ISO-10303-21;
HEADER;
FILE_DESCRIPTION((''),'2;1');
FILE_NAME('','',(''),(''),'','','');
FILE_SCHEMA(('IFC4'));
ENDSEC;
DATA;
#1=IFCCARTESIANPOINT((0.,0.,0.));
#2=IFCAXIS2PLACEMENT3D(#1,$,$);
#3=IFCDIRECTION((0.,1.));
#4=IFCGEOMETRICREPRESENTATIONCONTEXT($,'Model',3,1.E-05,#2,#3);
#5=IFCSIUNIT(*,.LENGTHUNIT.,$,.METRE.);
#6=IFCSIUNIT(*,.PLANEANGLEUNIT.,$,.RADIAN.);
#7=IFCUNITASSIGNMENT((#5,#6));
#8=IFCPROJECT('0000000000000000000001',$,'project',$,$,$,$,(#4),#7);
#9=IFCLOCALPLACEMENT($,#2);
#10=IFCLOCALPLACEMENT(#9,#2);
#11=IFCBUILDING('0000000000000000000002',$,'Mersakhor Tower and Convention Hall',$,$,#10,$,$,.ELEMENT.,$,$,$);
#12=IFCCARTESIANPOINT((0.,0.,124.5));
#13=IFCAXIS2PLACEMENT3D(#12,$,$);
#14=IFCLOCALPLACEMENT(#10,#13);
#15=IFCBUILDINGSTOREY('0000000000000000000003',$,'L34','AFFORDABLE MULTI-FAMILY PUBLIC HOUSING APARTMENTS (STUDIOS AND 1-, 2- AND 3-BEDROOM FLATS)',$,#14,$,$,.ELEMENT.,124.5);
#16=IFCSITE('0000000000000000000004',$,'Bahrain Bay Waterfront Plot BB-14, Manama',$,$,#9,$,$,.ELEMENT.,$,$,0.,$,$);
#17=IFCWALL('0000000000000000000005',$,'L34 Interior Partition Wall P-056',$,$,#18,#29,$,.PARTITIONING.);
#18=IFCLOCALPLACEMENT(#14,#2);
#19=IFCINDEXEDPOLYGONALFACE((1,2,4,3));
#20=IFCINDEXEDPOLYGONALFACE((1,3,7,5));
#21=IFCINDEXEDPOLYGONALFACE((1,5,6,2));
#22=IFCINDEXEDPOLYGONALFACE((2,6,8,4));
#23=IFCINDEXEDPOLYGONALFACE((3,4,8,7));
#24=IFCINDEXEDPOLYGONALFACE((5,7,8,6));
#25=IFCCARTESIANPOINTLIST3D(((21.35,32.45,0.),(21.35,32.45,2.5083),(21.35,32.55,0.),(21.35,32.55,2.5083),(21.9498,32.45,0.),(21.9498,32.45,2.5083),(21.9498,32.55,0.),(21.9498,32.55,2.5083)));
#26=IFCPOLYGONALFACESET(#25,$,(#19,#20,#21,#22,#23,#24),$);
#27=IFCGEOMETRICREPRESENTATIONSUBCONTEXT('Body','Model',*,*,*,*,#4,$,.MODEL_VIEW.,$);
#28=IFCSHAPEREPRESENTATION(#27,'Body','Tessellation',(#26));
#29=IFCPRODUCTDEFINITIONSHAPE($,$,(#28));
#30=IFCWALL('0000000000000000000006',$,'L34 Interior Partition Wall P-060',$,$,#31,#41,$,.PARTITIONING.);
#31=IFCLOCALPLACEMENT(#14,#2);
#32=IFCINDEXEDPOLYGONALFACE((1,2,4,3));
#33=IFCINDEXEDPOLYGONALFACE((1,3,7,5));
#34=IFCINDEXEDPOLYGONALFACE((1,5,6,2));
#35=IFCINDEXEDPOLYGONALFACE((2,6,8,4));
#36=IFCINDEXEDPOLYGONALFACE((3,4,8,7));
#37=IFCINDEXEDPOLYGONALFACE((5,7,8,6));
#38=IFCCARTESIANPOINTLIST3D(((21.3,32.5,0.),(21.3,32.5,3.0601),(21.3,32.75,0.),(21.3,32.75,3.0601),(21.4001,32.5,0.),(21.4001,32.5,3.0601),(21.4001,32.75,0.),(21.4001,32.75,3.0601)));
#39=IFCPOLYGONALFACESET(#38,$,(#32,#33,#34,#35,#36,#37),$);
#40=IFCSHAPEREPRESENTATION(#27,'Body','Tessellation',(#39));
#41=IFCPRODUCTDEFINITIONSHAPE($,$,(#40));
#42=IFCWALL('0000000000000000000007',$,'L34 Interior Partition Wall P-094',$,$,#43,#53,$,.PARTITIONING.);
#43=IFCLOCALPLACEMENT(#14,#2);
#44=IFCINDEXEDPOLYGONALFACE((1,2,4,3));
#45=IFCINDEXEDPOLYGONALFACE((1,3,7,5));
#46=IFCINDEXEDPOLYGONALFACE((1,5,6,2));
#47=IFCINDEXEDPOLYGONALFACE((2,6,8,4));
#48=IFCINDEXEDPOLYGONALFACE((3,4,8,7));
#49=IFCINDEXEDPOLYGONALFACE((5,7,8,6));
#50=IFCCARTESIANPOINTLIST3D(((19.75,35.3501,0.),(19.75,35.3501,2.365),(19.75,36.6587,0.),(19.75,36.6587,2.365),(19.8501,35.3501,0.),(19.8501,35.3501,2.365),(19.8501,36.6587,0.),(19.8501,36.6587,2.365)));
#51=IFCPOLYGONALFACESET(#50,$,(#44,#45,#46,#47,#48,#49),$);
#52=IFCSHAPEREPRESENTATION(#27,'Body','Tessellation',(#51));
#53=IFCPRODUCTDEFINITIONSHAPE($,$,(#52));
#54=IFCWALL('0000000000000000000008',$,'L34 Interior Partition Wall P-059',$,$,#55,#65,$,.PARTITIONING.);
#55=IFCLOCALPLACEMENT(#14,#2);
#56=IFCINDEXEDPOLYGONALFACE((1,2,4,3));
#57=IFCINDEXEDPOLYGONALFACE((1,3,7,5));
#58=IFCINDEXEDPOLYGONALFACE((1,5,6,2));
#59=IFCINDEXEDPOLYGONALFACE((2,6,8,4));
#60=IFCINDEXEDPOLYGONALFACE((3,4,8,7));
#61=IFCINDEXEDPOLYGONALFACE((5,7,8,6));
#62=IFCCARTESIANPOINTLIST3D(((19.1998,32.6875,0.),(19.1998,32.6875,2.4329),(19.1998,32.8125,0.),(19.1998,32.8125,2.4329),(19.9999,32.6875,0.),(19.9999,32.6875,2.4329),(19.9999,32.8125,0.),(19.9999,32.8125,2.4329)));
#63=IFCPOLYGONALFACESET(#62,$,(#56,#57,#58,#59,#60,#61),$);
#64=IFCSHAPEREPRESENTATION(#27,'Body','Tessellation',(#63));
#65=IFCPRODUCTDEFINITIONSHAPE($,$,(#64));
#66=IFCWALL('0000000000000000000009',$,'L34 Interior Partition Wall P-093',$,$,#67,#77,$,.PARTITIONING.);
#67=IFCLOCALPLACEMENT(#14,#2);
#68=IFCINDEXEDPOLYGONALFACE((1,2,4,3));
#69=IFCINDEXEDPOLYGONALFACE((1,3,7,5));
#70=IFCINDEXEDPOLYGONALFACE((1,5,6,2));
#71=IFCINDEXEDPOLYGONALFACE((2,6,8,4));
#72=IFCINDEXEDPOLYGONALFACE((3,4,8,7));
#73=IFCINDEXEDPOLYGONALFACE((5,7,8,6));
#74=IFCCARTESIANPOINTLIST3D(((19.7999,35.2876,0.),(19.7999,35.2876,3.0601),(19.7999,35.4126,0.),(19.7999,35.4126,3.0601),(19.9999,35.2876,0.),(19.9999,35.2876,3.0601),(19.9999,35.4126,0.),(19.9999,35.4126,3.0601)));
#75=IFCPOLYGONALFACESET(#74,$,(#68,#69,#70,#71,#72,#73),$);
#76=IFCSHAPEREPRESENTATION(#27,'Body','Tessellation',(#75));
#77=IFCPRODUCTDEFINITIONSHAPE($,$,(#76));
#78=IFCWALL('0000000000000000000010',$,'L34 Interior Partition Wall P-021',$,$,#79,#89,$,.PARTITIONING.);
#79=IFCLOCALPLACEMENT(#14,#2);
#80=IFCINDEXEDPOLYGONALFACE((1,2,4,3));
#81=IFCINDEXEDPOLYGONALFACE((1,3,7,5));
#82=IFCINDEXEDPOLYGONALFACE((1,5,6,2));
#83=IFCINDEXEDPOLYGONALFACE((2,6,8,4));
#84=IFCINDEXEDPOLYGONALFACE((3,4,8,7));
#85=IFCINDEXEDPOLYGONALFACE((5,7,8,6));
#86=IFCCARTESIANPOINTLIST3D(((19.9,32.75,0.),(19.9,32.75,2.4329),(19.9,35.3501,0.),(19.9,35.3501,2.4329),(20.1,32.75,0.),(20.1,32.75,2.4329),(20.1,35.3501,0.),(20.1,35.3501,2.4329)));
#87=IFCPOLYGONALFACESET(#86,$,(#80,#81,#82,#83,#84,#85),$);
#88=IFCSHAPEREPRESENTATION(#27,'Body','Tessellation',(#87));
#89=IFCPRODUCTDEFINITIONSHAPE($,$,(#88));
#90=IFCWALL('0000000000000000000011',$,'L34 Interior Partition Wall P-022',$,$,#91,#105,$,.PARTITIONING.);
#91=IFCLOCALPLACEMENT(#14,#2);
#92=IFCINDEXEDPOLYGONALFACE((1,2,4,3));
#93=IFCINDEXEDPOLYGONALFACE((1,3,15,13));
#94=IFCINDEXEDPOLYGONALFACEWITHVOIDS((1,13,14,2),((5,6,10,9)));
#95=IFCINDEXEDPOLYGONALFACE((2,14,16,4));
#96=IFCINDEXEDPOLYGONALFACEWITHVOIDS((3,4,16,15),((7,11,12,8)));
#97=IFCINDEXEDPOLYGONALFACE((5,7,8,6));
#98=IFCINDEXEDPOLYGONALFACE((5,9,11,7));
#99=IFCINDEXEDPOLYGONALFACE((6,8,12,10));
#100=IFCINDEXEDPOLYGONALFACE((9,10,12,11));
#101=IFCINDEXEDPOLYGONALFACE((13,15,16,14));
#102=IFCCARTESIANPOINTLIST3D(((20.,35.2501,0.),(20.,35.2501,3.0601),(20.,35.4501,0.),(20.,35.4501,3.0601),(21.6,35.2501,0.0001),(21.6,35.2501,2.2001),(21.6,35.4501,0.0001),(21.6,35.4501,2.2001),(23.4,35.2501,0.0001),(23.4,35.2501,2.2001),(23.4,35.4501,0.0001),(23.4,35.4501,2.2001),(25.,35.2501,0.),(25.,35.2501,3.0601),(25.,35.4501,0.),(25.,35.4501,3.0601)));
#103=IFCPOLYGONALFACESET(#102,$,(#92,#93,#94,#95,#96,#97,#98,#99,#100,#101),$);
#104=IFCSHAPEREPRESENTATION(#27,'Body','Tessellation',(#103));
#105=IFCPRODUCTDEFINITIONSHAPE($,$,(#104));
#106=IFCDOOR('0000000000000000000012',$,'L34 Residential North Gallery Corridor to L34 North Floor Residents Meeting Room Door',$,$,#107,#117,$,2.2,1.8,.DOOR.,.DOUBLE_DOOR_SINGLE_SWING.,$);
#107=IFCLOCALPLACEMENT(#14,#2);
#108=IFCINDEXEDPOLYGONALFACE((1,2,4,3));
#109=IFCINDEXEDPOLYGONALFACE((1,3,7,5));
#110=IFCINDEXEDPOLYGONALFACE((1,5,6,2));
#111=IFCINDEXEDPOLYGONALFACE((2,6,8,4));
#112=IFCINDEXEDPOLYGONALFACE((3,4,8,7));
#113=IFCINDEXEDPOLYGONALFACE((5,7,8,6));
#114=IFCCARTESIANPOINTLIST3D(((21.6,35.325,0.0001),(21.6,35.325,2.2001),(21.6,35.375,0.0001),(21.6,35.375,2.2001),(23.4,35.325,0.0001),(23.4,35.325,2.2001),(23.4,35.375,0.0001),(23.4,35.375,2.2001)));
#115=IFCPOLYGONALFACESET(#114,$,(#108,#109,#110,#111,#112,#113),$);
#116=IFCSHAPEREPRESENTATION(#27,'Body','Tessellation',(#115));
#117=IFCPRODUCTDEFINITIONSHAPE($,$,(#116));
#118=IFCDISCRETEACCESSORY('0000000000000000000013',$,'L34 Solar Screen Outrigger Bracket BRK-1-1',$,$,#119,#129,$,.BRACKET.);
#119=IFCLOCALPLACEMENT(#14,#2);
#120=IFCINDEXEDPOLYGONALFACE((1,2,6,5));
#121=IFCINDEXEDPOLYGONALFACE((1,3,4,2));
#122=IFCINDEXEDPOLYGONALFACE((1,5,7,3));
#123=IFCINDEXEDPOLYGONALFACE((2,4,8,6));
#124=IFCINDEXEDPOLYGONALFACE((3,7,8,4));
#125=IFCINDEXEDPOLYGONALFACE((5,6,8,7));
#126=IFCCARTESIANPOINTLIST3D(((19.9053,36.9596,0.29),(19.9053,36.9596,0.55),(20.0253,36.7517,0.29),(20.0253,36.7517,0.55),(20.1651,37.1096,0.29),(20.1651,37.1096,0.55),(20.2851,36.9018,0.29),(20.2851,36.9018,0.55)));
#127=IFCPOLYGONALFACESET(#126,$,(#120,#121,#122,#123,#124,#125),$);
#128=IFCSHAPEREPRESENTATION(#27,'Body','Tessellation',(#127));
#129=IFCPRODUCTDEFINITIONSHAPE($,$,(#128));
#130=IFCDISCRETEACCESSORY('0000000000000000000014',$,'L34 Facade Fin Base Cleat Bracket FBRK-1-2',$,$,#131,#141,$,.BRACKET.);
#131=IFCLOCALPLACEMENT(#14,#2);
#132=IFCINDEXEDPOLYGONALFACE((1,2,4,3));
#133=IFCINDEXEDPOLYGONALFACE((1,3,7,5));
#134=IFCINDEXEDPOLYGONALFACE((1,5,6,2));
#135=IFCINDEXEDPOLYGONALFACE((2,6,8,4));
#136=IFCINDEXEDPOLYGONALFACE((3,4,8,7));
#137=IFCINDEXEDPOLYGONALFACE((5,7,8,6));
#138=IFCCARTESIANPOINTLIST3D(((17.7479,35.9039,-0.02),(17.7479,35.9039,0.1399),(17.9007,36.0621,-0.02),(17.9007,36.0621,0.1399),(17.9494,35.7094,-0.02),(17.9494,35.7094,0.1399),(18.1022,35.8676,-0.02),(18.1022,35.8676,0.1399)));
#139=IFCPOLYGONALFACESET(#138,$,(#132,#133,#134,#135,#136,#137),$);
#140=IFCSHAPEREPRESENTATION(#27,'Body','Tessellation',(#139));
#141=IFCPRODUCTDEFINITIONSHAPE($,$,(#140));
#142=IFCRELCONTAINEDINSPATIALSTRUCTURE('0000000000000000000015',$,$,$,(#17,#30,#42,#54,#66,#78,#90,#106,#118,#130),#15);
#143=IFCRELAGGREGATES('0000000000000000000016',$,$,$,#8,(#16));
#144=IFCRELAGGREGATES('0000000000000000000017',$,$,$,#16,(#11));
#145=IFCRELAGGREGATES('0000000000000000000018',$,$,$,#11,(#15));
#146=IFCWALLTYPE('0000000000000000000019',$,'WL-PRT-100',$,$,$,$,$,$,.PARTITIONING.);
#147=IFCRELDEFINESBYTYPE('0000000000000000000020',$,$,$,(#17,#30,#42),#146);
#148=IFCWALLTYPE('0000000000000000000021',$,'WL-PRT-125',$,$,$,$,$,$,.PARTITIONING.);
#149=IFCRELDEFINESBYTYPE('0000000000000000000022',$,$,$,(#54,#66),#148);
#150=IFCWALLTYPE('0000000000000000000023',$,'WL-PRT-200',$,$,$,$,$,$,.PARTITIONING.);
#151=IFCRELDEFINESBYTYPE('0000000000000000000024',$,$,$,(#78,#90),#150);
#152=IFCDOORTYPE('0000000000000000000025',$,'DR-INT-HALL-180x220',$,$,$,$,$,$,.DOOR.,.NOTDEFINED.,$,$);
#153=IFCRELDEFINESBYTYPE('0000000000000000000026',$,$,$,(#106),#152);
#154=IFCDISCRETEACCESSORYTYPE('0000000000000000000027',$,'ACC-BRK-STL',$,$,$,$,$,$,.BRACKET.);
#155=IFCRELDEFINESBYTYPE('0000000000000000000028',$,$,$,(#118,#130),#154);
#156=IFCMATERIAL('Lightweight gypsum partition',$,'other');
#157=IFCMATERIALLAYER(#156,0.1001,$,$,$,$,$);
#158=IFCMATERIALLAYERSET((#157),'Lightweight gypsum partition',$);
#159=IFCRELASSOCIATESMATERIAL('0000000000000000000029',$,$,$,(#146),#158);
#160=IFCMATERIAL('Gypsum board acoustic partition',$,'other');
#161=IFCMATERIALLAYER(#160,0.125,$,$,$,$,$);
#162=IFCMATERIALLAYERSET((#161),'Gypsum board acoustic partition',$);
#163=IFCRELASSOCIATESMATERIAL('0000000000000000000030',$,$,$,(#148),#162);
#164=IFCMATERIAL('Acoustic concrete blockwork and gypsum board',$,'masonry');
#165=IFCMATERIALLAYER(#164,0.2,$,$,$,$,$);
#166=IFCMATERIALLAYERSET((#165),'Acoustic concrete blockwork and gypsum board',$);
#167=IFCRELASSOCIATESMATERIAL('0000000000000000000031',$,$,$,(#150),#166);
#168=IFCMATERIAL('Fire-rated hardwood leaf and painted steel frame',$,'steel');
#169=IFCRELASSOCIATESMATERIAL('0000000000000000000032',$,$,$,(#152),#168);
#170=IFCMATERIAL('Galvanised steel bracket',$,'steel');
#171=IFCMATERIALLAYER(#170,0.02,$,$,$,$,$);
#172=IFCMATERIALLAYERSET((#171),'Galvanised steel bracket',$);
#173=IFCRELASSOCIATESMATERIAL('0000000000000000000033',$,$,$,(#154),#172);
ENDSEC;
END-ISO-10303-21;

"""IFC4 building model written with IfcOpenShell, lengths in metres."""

from ifc_helpers import new_model, si_unit, direction, frame, frame_2d, origin, origin_2d, place, context, subcontext, project, spatial, rectangle, extrude, material, layer, layer_set, type_object, element, fill, save


model = new_model("IFC4")

# Units and contexts
model_context = context("Model", 3, precision=1e-05, world=origin(), true_north=direction((0.0, 1.0)))
body_context = subcontext(model_context, "Body", "Model", "MODEL_VIEW")
ifc_project = project(units=[si_unit("LENGTHUNIT", "METRE"), si_unit("PLANEANGLEUNIT", "RADIAN")], contexts=[model_context])

# Site, building, storey
site_placement = place(None, origin())
site = spatial("IfcSite", under=ifc_project, at=site_placement, Name="Bahrain Bay Waterfront Plot BB-14, Manama", CompositionType="ELEMENT", RefElevation=0.0)
building_placement = place(site_placement, origin())
building = spatial("IfcBuilding", under=site, at=building_placement, Name="Mersakhor Tower and Convention Hall", CompositionType="ELEMENT")
storey_placement = place(building_placement, frame((0.0, 0.0, 124.5)))
storey = spatial("IfcBuildingStorey", under=building, at=storey_placement, Name="L34", Description="AFFORDABLE MULTI-FAMILY PUBLIC HOUSING APARTMENTS (STUDIOS AND 1-, 2- AND 3-BEDROOM FLATS)", CompositionType="ELEMENT", Elevation=124.5)

# Walls
ifc_material_1 = material(Name="Lightweight gypsum partition", Category="other")
ifc_layer_1 = layer(ifc_material_1, 0.1001)
ifc_layer_set_1 = layer_set([ifc_layer_1], Name="Lightweight gypsum partition")
wall_type_1 = type_object("IfcWallType", Name="WL-PRT-100", PredefinedType="PARTITIONING", material=ifc_layer_set_1)
wall_1_placement = place(storey_placement, frame((21.3501, 32.5, 0.0), z_axis=(0.0, 0.0, 1.0), x_axis=(1.0, 0.0, 0.0)))
element("IfcWall", 1, at=wall_1_placement, inside=storey, type_object=wall_type_1, Name="L34 Interior Partition Wall P-056", PredefinedType="PARTITIONING", context=body_context, shape_type="SweptSolid", body=[
    extrude(rectangle(XDim=0.5999, YDim=0.1001, at=frame_2d((0.2998, 0.0))), origin(), (0.0, 0.0, 1.0), 2.5083),
])
wall_2_placement = place(storey_placement, frame((21.3501, 32.75, 0.0), z_axis=(0.0, 0.0, 1.0), x_axis=(0.0, -1.0, 0.0)))
element("IfcWall", 2, at=wall_2_placement, inside=storey, type_object=wall_type_1, Name="L34 Interior Partition Wall P-060", PredefinedType="PARTITIONING", context=body_context, shape_type="SweptSolid", body=[
    extrude(rectangle(XDim=0.25, YDim=0.1001, at=frame_2d((0.125, 0.0))), origin(), (0.0, 0.0, 1.0), 3.0601),
])
wall_3_placement = place(storey_placement, frame((19.8, 35.3501, 0.0), z_axis=(0.0, 0.0, 1.0), x_axis=(0.0, 1.0, 0.0)))
element("IfcWall", 3, at=wall_3_placement, inside=storey, type_object=wall_type_1, Name="L34 Interior Partition Wall P-094", PredefinedType="PARTITIONING", context=body_context, shape_type="SweptSolid", body=[
    extrude(rectangle(XDim=1.3086, YDim=0.1001, at=frame_2d((0.6543, 0.0))), origin(), (0.0, 0.0, 1.0), 2.365),
])
ifc_material_2 = material(Name="Gypsum board acoustic partition", Category="other")
ifc_layer_2 = layer(ifc_material_2, 0.125)
ifc_layer_set_2 = layer_set([ifc_layer_2], Name="Gypsum board acoustic partition")
wall_type_2 = type_object("IfcWallType", Name="WL-PRT-125", PredefinedType="PARTITIONING", material=ifc_layer_set_2)
wall_4_placement = place(storey_placement, frame((19.2, 32.75, 0.0), z_axis=(0.0, 0.0, 1.0), x_axis=(1.0, 0.0, 0.0)))
element("IfcWall", 4, at=wall_4_placement, inside=storey, type_object=wall_type_2, Name="L34 Interior Partition Wall P-059", PredefinedType="PARTITIONING", context=body_context, shape_type="SweptSolid", body=[
    extrude(rectangle(XDim=0.8, YDim=0.125, at=frame_2d((0.3999, 0.0))), origin(), (0.0, 0.0, 1.0), 2.4329),
])
wall_5_placement = place(storey_placement, frame((20.0, 35.3501, 0.0), z_axis=(0.0, 0.0, 1.0), x_axis=(-1.0, 0.0, 0.0)))
element("IfcWall", 5, at=wall_5_placement, inside=storey, type_object=wall_type_2, Name="L34 Interior Partition Wall P-093", PredefinedType="PARTITIONING", context=body_context, shape_type="SweptSolid", body=[
    extrude(rectangle(XDim=0.2, YDim=0.125, at=frame_2d((0.1001, 0.0))), origin(), (0.0, 0.0, 1.0), 3.0601),
])

# Shared definitions
ifc_material_3 = material(Name="Acoustic concrete blockwork and gypsum board", Category="masonry")
ifc_layer_3 = layer(ifc_material_3, 0.2)
ifc_layer_set_3 = layer_set([ifc_layer_3], Name="Acoustic concrete blockwork and gypsum board")
wall_type_3 = type_object("IfcWallType", Name="WL-PRT-200", PredefinedType="PARTITIONING", material=ifc_layer_set_3)

# Wall
wall_6_placement = place(storey_placement, frame((20.0, 32.75, 0.0), z_axis=(0.0, 0.0, 1.0), x_axis=(0.0, 1.0, 0.0)))
element("IfcWall", 6, at=wall_6_placement, inside=storey, type_object=wall_type_3, Name="L34 Interior Partition Wall P-021", PredefinedType="PARTITIONING", context=body_context, shape_type="SweptSolid", body=[
    extrude(rectangle(XDim=2.6001, YDim=0.2, at=frame_2d((1.3, 0.0))), origin(), (0.0, 0.0, 1.0), 2.4329),
])

# Wall, opening, door
wall_7_placement = place(storey_placement, frame((20.0, 35.3501, 0.0), z_axis=(0.0, 0.0, 1.0), x_axis=(1.0, 0.0, 0.0)))
wall_7 = element("IfcWall", 7, at=wall_7_placement, inside=storey, type_object=wall_type_3, Name="L34 Interior Partition Wall P-022", PredefinedType="PARTITIONING", context=body_context, shape_type="SweptSolid", body=[
    extrude(rectangle(XDim=5.0, YDim=0.2, at=frame_2d((2.5, 0.0))), origin(), (0.0, 0.0, 1.0), 3.0601),
])
opening_1_placement = place(wall_7_placement, frame((1.6001, 0.0, 0.0)))
opening_1 = element("IfcOpeningElement", 8, at=opening_1_placement, cuts=wall_7, PredefinedType="OPENING", context=body_context, shape_type="SweptSolid", body=[
    extrude(rectangle(XDim=1.8, YDim=2.2, at=frame_2d((0.8999, 1.1001))), frame((0.0, 0.1099, 0.0), z_axis=(0.0, -1.0, 0.0), x_axis=(1.0, 0.0, 0.0)), (0.0, 0.0, 1.0), 0.22),
])
ifc_material_4 = material(Name="Fire-rated hardwood leaf and painted steel frame", Category="steel")
door_type_1 = type_object("IfcDoorType", Name="DR-INT-HALL-180x220", OperationType="NOTDEFINED", PredefinedType="DOOR", material=ifc_material_4)
door_1_placement = place(opening_1_placement, origin())
door_1 = element("IfcDoor", 9, at=door_1_placement, inside=storey, type_object=door_type_1, Name="L34 Residential North Gallery Corridor to L34 North Floor Residents Meeting Room Door", OperationType="DOUBLE_DOOR_SINGLE_SWING", OverallHeight=2.2, OverallWidth=1.8, PredefinedType="DOOR", context=body_context, shape_type="SweptSolid", body=[
    extrude(rectangle(XDim=1.8, YDim=2.2, at=frame_2d((0.8999, 1.1001))), frame((0.0, 0.0249, 0.0), z_axis=(0.0, -1.0, 0.0), x_axis=(1.0, 0.0, 0.0)), (0.0, 0.0, 1.0), 0.05),
])
fill(opening_1, door_1)

# Discrete accessories
ifc_material_5 = material(Name="Galvanised steel bracket", Category="steel")
ifc_layer_4 = layer(ifc_material_5, 0.02)
ifc_layer_set_4 = layer_set([ifc_layer_4], Name="Galvanised steel bracket")
discrete_accessory_type = type_object("IfcDiscreteAccessoryType", Name="ACC-BRK-STL", PredefinedType="BRACKET", material=ifc_layer_set_4)
discrete_accessory_1_placement = place(storey_placement, frame((20.0952, 36.9307, 0.29), z_axis=(0.0, 0.0, 1.0), x_axis=(0.866025, 0.5, 0.0)))
element("IfcDiscreteAccessory", 10, at=discrete_accessory_1_placement, inside=storey, type_object=discrete_accessory_type, Name="L34 Solar Screen Outrigger Bracket BRK-1-1", PredefinedType="BRACKET", context=body_context, shape_type="SweptSolid", body=[
    extrude(rectangle(XDim=0.3, YDim=0.24, at=origin_2d()), origin(), (0.0, 0.0, 1.0), 0.26),
])
discrete_accessory_2_placement = place(storey_placement, frame((17.925, 35.8857, -0.02), z_axis=(0.0, 0.0, 1.0), x_axis=(-0.71934, 0.694658, 0.0)))
element("IfcDiscreteAccessory", 11, at=discrete_accessory_2_placement, inside=storey, type_object=discrete_accessory_type, Name="L34 Facade Fin Base Cleat Bracket FBRK-1-2", PredefinedType="BRACKET", context=body_context, shape_type="SweptSolid", body=[
    extrude(rectangle(XDim=0.28, YDim=0.22, at=origin_2d()), origin(), (0.0, 0.0, 1.0), 0.1599),
])

save(model, "model.ifc")
